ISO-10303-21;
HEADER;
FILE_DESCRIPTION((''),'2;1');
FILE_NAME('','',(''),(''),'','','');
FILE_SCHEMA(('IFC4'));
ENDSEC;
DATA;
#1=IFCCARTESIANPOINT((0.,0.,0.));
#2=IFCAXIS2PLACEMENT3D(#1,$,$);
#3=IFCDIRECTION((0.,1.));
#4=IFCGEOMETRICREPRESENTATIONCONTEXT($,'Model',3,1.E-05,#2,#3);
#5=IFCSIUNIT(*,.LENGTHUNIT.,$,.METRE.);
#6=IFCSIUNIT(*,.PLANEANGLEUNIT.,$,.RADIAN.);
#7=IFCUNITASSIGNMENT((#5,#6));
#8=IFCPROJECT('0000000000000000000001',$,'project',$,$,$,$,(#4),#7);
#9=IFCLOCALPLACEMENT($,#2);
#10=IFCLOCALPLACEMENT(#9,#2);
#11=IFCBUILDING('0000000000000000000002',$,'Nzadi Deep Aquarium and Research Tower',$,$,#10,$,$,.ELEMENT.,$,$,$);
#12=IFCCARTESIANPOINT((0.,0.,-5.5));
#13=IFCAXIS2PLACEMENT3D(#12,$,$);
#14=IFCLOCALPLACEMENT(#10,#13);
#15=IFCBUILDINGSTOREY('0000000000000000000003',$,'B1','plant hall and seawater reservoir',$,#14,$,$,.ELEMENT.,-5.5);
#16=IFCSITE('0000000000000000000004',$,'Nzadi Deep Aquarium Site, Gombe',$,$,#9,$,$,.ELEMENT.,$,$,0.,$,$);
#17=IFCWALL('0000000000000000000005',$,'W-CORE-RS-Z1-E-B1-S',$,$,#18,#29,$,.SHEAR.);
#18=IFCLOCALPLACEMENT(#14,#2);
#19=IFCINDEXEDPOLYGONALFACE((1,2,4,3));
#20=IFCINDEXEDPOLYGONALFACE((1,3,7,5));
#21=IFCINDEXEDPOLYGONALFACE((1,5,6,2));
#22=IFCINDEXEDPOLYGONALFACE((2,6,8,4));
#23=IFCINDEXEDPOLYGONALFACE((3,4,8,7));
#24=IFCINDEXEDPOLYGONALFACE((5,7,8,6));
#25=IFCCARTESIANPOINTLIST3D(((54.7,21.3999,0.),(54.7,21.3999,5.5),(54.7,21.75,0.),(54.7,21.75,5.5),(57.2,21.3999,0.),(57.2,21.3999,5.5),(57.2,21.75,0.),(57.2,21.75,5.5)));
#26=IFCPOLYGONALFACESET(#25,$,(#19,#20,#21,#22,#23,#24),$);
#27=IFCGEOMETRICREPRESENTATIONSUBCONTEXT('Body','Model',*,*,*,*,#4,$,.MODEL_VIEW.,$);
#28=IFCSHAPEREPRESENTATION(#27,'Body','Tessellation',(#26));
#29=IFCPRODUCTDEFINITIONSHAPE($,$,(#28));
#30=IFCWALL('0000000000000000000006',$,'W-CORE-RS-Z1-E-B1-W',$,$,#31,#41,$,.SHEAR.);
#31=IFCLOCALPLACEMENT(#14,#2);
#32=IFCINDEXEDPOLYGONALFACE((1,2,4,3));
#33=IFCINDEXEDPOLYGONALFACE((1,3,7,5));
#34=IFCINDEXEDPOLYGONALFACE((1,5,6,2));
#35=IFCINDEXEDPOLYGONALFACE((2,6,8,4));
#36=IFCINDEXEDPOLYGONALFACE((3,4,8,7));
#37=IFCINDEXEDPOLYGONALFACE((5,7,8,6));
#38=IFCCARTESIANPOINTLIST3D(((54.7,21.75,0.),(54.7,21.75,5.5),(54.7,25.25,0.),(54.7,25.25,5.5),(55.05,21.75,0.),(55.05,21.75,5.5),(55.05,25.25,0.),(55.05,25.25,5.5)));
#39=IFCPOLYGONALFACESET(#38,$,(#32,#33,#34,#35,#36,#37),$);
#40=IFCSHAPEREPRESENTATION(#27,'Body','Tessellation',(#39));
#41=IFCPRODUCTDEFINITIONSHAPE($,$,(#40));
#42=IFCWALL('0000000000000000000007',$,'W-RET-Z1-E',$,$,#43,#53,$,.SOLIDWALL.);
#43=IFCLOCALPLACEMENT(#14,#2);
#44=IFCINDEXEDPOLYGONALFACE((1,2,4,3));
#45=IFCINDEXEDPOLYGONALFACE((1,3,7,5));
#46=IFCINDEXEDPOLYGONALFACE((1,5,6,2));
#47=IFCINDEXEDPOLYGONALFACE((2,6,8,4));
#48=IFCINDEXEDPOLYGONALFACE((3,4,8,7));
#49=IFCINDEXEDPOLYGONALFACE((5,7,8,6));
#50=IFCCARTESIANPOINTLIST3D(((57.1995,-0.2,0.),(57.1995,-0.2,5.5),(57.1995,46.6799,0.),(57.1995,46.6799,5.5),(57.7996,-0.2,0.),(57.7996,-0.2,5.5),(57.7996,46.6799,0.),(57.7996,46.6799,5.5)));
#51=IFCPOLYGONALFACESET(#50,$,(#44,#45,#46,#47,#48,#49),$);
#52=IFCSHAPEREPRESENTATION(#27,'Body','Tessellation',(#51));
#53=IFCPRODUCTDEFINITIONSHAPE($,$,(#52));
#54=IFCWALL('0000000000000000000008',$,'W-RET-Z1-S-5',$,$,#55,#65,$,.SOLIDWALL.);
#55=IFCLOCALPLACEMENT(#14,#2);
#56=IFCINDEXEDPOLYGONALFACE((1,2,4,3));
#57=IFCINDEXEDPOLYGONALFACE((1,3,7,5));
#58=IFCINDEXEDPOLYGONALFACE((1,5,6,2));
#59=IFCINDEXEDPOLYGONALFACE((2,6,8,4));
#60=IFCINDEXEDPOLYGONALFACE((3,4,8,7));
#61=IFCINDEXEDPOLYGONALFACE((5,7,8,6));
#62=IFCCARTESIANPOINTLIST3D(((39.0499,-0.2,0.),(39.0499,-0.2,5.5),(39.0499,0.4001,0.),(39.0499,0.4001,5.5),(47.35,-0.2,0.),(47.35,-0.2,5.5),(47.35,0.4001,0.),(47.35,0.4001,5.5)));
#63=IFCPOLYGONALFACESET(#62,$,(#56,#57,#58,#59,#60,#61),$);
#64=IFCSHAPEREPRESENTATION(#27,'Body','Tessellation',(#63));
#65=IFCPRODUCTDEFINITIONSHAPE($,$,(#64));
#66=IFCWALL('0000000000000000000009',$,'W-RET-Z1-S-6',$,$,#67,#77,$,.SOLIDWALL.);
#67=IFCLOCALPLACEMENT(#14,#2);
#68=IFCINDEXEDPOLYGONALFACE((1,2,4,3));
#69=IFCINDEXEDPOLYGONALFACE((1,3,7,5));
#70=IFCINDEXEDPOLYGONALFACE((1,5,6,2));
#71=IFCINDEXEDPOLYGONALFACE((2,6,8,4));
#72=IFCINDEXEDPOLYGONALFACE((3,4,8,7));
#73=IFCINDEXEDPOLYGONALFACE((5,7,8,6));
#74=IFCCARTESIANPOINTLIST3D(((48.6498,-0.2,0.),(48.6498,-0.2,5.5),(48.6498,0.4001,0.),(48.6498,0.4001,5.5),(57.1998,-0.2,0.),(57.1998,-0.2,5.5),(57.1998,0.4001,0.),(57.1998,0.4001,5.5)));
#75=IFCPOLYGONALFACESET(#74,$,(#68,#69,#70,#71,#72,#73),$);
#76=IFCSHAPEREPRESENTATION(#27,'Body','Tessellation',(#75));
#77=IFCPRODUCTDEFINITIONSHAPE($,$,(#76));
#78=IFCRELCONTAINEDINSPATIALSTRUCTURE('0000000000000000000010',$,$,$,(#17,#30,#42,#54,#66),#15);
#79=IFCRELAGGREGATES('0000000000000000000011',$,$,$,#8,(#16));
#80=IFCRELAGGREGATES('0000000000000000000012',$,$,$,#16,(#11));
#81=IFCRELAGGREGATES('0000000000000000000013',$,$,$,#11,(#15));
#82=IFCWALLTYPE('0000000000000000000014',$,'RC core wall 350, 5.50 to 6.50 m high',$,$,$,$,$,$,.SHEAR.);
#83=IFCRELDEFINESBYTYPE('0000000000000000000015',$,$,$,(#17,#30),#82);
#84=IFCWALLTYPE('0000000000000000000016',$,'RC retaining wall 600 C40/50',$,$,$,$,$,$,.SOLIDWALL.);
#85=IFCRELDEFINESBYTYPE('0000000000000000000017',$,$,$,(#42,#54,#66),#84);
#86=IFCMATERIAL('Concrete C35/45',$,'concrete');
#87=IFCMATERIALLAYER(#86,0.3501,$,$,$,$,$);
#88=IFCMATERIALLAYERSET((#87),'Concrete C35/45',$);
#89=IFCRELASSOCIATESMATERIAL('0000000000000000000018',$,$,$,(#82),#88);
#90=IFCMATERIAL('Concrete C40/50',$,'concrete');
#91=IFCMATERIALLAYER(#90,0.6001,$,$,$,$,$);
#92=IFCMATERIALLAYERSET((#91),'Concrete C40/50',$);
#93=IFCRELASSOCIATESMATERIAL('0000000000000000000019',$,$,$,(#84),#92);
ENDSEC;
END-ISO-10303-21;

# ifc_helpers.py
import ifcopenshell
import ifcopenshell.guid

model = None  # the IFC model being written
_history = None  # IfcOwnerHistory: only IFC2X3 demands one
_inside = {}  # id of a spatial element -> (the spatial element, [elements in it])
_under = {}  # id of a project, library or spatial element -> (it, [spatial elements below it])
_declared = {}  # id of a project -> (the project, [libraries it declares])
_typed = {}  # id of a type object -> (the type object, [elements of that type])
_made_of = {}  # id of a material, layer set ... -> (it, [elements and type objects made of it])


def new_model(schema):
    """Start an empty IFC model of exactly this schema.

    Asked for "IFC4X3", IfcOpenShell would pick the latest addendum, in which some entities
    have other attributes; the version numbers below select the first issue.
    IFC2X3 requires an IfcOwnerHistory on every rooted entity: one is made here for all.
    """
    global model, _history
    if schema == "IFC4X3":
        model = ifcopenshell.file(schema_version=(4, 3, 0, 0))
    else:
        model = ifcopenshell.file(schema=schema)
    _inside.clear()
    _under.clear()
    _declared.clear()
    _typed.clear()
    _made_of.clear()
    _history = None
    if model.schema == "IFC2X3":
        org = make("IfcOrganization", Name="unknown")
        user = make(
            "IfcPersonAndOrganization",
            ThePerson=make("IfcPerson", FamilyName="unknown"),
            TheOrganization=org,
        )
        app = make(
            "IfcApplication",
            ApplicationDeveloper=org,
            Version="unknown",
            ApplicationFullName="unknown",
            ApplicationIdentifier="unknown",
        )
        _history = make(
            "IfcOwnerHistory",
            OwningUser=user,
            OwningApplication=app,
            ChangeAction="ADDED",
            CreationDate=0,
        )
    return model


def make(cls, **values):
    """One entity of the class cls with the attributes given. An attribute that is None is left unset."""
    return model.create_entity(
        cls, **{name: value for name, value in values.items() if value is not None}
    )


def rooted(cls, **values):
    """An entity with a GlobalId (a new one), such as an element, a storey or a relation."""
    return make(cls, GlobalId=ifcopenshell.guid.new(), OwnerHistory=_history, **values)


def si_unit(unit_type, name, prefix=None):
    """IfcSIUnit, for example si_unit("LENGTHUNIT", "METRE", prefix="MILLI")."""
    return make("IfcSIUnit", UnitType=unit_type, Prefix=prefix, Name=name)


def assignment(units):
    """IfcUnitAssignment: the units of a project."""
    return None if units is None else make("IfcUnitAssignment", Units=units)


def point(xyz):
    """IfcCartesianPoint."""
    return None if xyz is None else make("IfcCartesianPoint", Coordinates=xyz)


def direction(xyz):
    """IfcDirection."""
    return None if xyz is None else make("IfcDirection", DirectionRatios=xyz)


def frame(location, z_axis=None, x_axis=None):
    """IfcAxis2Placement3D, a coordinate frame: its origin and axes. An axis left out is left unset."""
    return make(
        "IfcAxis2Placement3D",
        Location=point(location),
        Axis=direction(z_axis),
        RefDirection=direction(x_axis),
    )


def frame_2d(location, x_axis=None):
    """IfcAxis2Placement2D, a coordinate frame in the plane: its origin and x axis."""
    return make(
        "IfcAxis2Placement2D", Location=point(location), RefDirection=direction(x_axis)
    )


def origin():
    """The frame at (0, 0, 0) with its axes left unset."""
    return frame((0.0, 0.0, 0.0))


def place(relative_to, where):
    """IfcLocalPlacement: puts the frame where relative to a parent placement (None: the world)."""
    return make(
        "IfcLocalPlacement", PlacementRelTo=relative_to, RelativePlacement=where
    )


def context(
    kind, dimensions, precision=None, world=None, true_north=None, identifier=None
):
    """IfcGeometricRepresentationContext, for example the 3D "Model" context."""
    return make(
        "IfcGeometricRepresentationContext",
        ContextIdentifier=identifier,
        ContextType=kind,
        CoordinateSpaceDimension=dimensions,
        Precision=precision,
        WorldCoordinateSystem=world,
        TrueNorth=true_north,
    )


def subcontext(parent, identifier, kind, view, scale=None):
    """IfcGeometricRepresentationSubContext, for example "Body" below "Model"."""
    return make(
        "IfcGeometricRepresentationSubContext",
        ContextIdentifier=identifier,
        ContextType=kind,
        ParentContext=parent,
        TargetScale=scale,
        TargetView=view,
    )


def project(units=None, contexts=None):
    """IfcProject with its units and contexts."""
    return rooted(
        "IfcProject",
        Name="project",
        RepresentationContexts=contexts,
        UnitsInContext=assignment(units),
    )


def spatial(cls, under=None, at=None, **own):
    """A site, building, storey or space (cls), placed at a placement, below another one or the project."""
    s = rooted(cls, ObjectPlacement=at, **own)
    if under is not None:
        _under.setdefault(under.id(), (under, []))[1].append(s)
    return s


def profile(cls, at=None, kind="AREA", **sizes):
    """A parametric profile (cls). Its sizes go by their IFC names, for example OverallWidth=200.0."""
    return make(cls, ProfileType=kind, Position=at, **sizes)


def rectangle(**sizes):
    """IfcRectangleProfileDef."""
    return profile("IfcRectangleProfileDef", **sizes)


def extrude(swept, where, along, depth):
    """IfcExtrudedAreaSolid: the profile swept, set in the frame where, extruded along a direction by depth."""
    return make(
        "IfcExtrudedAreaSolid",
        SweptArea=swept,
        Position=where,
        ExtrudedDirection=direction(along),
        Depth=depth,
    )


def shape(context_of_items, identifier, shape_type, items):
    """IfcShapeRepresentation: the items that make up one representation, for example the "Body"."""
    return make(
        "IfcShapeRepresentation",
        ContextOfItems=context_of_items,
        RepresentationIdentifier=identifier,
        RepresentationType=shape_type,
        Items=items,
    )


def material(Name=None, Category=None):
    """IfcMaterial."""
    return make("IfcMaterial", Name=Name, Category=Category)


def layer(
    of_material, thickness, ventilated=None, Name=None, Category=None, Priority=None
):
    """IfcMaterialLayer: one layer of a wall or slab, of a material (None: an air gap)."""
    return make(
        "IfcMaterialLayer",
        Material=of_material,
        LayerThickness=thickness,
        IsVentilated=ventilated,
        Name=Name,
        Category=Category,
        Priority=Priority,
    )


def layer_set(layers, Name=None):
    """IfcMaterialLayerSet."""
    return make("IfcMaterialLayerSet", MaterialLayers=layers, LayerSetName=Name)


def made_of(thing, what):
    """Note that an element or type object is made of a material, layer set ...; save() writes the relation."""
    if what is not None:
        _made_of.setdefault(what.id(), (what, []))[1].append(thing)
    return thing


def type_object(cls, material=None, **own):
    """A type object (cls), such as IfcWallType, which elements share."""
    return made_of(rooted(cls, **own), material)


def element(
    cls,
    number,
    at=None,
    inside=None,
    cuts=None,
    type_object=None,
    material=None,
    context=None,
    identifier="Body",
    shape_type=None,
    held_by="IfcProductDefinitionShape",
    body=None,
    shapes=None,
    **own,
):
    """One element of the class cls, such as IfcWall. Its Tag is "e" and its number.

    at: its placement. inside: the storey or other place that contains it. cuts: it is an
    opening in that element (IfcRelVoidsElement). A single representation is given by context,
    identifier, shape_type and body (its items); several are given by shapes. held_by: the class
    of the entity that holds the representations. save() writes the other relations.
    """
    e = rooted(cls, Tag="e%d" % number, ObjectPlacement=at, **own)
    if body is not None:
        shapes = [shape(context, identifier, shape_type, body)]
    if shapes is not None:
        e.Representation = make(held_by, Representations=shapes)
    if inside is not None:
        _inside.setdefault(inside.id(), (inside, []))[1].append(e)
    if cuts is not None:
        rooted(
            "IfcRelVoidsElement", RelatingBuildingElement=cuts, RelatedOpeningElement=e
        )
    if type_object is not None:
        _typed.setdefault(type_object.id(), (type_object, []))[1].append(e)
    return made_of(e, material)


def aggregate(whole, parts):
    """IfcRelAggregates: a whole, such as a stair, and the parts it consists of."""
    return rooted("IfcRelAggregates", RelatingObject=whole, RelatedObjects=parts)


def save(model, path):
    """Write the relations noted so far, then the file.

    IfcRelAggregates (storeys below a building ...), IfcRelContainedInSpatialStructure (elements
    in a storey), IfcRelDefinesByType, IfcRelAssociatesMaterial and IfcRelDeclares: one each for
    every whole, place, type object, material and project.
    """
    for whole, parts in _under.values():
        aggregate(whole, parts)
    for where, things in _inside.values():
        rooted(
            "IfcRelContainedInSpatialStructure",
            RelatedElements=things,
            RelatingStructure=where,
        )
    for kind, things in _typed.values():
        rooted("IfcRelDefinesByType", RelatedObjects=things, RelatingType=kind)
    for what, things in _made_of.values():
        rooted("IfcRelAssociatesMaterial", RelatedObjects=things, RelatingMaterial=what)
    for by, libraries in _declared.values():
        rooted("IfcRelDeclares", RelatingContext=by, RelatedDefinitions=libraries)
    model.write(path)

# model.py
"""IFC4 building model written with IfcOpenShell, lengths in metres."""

from ifc_helpers import new_model, si_unit, direction, frame, frame_2d, origin, place, context, subcontext, project, spatial, rectangle, extrude, material, layer, layer_set, type_object, element, save


model = new_model("IFC4")

# Units and contexts
model_context = context("Model", 3, precision=1e-05, world=origin(), true_north=direction((0.0, 1.0)))
body_context = subcontext(model_context, "Body", "Model", "MODEL_VIEW")
ifc_project = project(units=[si_unit("LENGTHUNIT", "METRE"), si_unit("PLANEANGLEUNIT", "RADIAN")], contexts=[model_context])

# Site, building, storey
site_placement = place(None, origin())
site = spatial("IfcSite", under=ifc_project, at=site_placement, Name="Nzadi Deep Aquarium Site, Gombe", CompositionType="ELEMENT", RefElevation=0.0)
building_placement = place(site_placement, origin())
building = spatial("IfcBuilding", under=site, at=building_placement, Name="Nzadi Deep Aquarium and Research Tower", CompositionType="ELEMENT")
storey_placement = place(building_placement, frame((0.0, 0.0, -5.5)))
storey = spatial("IfcBuildingStorey", under=building, at=storey_placement, Name="B1", Description="plant hall and seawater reservoir", CompositionType="ELEMENT", Elevation=-5.5)

# Walls
ifc_material_1 = material(Name="Concrete C35/45", Category="concrete")
ifc_layer_1 = layer(ifc_material_1, 0.3501)
ifc_layer_set_1 = layer_set([ifc_layer_1], Name="Concrete C35/45")
wall_type_1 = type_object("IfcWallType", Name="RC core wall 350, 5.50 to 6.50 m high", PredefinedType="SHEAR", material=ifc_layer_set_1)
wall_1_placement = place(storey_placement, frame((54.7, 21.575, 0.0), z_axis=(0.0, 0.0, 1.0), x_axis=(1.0, 0.0, 0.0)))
element("IfcWall", 1, at=wall_1_placement, inside=storey, type_object=wall_type_1, Name="W-CORE-RS-Z1-E-B1-S", PredefinedType="SHEAR", context=body_context, shape_type="SweptSolid", body=[
    extrude(rectangle(XDim=2.5, YDim=0.3501, at=frame_2d((1.25, 0.0))), origin(), (0.0, 0.0, 1.0), 5.5),
])
wall_2_placement = place(storey_placement, frame((54.875, 21.75, 0.0), z_axis=(0.0, 0.0, 1.0), x_axis=(0.0, 1.0, 0.0)))
element("IfcWall", 2, at=wall_2_placement, inside=storey, type_object=wall_type_1, Name="W-CORE-RS-Z1-E-B1-W", PredefinedType="SHEAR", context=body_context, shape_type="SweptSolid", body=[
    extrude(rectangle(XDim=3.5, YDim=0.3501, at=frame_2d((1.75, 0.0))), origin(), (0.0, 0.0, 1.0), 5.5),
])
ifc_material_2 = material(Name="Concrete C40/50", Category="concrete")
ifc_layer_2 = layer(ifc_material_2, 0.6001)
ifc_layer_set_2 = layer_set([ifc_layer_2], Name="Concrete C40/50")
wall_type_2 = type_object("IfcWallType", Name="RC retaining wall 600 C40/50", PredefinedType="SOLIDWALL", material=ifc_layer_set_2)
wall_3_placement = place(storey_placement, frame((57.4995, -0.2, 0.0), z_axis=(0.0, 0.0, 1.0), x_axis=(0.0, 1.0, 0.0)))
element("IfcWall", 3, at=wall_3_placement, inside=storey, type_object=wall_type_2, Name="W-RET-Z1-E", PredefinedType="SOLIDWALL", context=body_context, shape_type="SweptSolid", body=[
    extrude(rectangle(XDim=46.8799, YDim=0.6001, at=frame_2d((23.4399, 0.0))), origin(), (0.0, 0.0, 1.0), 5.5),
])
wall_4_placement = place(storey_placement, frame((39.05, 0.1001, 0.0), z_axis=(0.0, 0.0, 1.0), x_axis=(1.0, 0.0, 0.0)))
element("IfcWall", 4, at=wall_4_placement, inside=storey, type_object=wall_type_2, Name="W-RET-Z1-S-5", PredefinedType="SOLIDWALL", context=body_context, shape_type="SweptSolid", body=[
    extrude(rectangle(XDim=8.3, YDim=0.6001, at=frame_2d((4.1499, 0.0))), origin(), (0.0, 0.0, 1.0), 5.5),
])
wall_5_placement = place(storey_placement, frame((48.6499, 0.1001, 0.0), z_axis=(0.0, 0.0, 1.0), x_axis=(1.0, 0.0, 0.0)))
element("IfcWall", 5, at=wall_5_placement, inside=storey, type_object=wall_type_2, Name="W-RET-Z1-S-6", PredefinedType="SOLIDWALL", context=body_context, shape_type="SweptSolid", body=[
    extrude(rectangle(XDim=8.55, YDim=0.6001, at=frame_2d((4.2749, 0.0))), origin(), (0.0, 0.0, 1.0), 5.5),
])

save(model, "model.ifc")
